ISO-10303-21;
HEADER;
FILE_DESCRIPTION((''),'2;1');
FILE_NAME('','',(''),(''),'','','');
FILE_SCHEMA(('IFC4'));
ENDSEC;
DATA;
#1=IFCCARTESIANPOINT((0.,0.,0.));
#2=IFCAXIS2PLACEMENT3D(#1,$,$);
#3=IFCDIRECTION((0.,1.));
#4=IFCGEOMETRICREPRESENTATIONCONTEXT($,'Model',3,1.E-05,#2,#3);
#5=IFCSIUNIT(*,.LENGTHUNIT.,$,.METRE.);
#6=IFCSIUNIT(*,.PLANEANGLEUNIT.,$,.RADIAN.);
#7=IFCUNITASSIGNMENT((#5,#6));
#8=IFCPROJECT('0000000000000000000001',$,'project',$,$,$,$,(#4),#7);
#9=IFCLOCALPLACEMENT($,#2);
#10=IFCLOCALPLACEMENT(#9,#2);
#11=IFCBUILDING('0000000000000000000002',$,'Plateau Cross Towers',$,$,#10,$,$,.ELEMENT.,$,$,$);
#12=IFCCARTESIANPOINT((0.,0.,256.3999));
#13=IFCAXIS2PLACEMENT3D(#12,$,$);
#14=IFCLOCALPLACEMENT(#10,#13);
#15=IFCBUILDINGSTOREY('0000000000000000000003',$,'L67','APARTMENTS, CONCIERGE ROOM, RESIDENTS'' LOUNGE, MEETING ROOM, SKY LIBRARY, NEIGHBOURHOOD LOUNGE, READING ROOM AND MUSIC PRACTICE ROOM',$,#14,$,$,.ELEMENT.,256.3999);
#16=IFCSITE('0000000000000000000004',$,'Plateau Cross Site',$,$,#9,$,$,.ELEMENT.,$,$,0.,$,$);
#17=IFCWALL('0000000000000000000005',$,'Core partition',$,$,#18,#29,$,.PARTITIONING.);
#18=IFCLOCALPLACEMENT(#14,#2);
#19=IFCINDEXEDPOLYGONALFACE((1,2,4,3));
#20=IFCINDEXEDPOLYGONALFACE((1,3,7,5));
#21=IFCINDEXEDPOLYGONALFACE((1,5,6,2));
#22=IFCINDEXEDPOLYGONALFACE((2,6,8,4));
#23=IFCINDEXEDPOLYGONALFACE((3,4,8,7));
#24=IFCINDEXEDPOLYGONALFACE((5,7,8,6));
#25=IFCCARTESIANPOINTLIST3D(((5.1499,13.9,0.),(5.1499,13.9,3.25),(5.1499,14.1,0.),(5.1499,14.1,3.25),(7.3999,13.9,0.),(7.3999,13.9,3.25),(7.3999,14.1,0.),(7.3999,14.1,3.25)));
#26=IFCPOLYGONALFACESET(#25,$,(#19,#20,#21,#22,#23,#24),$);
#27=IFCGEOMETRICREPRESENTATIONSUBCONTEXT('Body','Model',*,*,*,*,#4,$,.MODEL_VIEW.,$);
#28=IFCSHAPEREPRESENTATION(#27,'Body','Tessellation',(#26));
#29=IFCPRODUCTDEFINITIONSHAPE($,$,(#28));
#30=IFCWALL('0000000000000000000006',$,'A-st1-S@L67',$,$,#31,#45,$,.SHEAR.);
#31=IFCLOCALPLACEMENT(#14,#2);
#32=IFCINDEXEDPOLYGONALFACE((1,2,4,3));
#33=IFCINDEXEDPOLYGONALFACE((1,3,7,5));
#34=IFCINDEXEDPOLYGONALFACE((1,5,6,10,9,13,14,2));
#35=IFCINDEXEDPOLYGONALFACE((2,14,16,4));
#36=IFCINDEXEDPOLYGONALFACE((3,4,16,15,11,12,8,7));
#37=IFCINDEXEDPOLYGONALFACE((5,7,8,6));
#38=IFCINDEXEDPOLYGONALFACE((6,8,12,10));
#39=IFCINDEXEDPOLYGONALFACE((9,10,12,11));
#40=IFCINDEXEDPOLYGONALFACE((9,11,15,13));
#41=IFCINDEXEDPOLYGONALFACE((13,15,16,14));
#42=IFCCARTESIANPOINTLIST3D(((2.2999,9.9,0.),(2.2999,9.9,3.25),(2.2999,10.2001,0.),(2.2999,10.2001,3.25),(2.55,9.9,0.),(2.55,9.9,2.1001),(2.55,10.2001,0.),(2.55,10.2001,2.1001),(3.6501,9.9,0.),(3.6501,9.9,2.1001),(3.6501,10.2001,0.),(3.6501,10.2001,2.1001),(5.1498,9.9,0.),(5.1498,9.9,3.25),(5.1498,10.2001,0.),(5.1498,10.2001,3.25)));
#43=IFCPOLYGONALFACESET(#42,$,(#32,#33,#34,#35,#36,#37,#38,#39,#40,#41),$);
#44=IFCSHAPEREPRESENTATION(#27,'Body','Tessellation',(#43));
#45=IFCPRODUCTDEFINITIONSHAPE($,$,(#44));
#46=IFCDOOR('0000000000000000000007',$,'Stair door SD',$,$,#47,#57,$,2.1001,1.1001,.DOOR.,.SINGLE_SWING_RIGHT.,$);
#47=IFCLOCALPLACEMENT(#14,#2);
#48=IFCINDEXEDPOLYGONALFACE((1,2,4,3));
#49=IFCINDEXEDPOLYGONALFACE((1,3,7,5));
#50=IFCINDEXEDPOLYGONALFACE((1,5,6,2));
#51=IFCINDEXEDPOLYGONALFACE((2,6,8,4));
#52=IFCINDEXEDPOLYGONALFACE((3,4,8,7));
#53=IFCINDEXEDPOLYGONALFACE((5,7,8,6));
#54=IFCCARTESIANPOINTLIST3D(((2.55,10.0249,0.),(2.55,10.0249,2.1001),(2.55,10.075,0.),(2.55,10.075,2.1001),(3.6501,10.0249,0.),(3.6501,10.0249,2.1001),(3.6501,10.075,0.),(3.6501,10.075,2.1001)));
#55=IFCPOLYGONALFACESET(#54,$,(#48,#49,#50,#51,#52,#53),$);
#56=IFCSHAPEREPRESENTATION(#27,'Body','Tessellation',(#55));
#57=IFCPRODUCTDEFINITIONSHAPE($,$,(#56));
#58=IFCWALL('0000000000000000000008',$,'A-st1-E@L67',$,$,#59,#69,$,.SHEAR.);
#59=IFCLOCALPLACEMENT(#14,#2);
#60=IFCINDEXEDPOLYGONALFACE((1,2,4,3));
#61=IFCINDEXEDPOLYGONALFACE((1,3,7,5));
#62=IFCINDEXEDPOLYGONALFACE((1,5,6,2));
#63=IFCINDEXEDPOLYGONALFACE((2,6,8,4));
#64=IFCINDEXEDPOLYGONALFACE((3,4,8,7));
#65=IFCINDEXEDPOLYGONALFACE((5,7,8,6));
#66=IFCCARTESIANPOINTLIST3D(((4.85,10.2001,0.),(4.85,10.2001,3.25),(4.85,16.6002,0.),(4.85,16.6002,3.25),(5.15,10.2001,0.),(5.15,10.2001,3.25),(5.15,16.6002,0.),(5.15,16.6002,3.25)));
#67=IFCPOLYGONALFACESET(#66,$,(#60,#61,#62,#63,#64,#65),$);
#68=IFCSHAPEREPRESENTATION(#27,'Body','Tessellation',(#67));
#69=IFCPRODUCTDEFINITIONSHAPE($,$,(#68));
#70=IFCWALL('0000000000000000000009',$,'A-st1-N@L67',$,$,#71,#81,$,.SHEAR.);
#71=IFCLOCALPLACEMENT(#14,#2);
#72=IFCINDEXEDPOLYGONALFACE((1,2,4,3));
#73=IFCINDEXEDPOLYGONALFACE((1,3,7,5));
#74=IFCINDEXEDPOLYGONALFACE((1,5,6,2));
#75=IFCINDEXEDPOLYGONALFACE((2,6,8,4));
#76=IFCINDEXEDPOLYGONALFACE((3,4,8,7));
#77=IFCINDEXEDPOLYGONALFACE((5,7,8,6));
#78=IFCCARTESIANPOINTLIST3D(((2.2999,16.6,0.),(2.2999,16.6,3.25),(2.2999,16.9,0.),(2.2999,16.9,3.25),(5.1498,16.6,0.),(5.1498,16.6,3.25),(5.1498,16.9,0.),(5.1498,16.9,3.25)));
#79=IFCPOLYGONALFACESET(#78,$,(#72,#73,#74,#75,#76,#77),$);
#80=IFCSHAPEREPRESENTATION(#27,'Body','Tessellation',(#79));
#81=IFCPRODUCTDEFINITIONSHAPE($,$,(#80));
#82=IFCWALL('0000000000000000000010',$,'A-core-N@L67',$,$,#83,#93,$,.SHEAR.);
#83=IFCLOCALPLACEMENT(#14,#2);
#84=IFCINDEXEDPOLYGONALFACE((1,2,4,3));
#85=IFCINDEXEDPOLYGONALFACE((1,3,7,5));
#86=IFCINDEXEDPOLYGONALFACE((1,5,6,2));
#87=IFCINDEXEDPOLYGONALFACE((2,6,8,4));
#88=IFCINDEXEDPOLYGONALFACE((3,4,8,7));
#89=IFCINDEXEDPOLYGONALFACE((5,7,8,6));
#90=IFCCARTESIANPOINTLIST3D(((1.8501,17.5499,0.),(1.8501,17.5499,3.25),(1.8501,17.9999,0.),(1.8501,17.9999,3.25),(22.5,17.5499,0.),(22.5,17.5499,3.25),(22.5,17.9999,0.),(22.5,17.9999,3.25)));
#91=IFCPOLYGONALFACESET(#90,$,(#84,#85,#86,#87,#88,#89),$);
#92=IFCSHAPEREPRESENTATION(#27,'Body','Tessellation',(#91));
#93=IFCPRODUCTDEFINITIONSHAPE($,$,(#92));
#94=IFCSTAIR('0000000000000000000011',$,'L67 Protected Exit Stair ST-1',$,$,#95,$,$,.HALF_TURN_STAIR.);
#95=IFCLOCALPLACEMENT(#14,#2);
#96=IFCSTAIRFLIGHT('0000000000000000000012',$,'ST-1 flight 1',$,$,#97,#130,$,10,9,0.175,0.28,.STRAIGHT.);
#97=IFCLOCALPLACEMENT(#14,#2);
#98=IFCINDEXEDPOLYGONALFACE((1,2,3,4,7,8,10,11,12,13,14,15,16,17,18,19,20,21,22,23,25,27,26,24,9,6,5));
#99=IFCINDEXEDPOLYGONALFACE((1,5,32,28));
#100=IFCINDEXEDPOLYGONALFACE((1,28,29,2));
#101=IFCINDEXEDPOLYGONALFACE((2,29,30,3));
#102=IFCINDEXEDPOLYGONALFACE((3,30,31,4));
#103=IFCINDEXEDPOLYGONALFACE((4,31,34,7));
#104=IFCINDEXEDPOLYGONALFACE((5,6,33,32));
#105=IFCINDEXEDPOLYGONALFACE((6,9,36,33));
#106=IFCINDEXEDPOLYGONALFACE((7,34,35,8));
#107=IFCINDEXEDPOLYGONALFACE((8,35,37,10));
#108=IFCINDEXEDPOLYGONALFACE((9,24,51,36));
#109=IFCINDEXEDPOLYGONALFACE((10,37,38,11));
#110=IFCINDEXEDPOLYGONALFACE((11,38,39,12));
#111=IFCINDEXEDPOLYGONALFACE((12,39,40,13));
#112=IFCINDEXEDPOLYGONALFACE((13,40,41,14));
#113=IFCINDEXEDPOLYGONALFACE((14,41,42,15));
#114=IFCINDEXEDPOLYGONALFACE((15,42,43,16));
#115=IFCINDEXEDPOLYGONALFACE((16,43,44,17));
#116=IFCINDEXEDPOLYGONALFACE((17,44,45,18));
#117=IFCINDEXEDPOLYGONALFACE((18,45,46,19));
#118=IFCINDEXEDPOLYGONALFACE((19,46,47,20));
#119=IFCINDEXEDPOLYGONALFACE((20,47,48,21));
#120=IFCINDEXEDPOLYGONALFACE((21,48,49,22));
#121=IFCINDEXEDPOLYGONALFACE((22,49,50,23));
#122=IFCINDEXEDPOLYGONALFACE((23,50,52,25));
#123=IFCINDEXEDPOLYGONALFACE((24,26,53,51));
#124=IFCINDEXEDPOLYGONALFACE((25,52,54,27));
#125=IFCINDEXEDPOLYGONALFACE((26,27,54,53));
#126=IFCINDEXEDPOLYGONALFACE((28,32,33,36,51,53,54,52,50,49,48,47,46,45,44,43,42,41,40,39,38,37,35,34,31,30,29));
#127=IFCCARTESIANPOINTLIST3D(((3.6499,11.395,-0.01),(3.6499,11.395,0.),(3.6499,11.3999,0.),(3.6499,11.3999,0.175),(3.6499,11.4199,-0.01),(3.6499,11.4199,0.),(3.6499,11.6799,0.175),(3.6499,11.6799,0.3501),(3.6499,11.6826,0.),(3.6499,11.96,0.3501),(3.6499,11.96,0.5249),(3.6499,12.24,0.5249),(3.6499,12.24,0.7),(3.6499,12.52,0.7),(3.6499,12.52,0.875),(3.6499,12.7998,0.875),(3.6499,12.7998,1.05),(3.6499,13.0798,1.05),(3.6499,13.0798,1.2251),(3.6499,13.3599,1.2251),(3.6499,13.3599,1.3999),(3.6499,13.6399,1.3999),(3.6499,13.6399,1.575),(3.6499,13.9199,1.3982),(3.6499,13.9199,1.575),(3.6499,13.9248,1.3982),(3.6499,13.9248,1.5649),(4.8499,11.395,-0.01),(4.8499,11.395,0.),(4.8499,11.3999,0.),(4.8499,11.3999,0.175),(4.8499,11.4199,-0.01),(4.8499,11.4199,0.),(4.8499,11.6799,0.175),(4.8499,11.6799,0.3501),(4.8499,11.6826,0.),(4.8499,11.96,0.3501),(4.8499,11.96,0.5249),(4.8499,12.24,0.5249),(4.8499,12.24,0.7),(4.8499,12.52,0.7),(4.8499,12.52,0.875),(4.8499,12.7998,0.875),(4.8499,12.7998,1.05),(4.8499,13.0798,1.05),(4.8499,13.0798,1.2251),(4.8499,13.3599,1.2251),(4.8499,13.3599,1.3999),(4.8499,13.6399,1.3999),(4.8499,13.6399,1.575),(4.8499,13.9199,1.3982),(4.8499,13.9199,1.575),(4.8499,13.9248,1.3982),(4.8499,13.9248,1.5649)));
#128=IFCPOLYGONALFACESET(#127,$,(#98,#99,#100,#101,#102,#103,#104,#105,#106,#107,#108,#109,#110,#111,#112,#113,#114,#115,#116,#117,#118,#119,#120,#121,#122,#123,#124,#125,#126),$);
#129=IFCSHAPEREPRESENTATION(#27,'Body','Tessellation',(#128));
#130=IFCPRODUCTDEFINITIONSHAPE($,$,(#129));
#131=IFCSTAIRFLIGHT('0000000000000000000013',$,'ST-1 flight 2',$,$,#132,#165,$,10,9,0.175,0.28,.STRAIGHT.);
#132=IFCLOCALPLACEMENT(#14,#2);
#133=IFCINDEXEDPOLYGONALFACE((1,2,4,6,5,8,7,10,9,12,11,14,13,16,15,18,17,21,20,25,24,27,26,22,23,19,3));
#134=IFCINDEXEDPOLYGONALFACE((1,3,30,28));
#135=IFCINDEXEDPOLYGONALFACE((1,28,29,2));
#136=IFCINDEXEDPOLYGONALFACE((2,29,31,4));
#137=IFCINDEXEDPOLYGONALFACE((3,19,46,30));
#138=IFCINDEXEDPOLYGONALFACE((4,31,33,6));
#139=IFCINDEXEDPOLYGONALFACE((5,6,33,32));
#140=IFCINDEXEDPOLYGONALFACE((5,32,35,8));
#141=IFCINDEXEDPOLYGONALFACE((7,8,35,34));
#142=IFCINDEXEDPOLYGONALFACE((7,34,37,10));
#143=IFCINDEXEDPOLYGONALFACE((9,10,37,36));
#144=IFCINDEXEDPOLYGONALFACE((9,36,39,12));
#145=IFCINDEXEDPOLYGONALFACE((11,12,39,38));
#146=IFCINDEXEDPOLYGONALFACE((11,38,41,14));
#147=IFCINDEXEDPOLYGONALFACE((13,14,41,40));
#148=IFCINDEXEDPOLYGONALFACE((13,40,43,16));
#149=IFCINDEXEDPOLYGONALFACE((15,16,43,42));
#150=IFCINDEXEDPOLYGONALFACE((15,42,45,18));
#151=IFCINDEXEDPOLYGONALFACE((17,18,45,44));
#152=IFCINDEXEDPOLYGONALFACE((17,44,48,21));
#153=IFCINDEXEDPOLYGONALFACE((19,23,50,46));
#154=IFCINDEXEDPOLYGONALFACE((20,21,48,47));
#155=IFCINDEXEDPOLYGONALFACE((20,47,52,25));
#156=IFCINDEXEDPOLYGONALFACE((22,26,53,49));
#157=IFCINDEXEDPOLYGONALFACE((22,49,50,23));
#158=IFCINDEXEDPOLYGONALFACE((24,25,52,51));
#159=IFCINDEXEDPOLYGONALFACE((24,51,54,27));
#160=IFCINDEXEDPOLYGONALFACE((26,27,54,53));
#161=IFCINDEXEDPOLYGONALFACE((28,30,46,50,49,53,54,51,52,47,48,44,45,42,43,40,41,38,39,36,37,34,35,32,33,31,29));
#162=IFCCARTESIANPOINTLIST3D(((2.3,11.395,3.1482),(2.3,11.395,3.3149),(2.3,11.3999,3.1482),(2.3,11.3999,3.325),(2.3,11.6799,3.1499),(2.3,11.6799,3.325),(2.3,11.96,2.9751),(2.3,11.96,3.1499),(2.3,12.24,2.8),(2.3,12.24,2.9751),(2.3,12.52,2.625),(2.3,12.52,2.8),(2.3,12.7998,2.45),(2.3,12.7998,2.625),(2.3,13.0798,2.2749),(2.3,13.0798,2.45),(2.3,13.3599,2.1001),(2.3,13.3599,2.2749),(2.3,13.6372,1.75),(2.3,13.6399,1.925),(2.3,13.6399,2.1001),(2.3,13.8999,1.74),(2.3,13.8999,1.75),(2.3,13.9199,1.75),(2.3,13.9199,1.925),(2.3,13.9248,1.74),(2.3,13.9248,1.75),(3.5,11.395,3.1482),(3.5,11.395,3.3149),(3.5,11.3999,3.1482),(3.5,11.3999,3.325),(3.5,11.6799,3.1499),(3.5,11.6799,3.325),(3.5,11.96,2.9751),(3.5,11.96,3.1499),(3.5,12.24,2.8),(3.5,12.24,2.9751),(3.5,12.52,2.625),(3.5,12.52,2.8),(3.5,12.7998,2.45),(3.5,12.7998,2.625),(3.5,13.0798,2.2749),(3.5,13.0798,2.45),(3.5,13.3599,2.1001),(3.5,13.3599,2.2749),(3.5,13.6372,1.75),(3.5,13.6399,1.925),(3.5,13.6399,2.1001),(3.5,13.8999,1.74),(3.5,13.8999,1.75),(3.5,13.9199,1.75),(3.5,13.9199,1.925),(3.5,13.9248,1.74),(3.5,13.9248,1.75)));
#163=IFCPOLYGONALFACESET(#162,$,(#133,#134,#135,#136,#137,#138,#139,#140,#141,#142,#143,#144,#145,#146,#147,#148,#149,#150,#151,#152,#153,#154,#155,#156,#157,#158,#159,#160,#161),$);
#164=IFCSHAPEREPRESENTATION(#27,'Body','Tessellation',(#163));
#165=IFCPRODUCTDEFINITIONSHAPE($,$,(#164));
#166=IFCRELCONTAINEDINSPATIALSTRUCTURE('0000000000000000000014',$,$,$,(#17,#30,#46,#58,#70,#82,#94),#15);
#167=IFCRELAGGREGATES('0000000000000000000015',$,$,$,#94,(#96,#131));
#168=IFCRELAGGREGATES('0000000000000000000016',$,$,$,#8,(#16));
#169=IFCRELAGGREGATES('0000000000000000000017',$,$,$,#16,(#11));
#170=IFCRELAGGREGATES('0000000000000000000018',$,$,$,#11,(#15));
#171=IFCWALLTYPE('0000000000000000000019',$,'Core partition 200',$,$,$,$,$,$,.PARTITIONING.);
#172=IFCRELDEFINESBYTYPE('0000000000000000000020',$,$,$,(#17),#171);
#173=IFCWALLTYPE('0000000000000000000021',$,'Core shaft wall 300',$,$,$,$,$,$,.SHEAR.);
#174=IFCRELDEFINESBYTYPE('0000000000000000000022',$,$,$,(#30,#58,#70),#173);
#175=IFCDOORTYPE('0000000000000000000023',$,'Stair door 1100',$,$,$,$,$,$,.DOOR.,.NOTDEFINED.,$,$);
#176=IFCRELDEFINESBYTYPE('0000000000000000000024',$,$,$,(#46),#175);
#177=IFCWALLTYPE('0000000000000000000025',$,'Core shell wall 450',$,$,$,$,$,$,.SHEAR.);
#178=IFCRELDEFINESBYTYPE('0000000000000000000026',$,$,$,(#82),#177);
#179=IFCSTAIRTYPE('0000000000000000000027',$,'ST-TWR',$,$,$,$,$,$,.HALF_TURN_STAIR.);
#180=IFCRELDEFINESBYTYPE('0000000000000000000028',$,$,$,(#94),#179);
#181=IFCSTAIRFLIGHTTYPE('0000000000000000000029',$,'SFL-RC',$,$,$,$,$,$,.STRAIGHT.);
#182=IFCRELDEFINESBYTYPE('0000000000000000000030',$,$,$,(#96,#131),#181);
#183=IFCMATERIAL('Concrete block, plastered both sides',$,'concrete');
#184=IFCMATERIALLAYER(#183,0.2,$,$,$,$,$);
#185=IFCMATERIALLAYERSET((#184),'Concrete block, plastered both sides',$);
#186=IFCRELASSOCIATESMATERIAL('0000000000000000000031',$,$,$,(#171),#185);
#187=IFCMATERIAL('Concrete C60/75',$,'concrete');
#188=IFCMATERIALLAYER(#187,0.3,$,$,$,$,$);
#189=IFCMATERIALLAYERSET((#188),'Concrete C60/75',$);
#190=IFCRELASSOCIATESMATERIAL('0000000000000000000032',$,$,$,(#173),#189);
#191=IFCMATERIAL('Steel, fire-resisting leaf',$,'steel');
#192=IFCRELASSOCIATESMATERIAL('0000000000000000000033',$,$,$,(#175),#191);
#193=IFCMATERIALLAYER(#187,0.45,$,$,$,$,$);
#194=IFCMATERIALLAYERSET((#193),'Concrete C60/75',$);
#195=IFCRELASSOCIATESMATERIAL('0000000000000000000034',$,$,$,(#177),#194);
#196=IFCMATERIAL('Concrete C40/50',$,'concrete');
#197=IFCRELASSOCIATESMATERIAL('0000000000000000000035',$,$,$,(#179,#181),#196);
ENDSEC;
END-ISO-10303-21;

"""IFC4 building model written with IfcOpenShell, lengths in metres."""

from ifc_helpers import new_model, si_unit, direction, frame, frame_2d, origin, place, context, subcontext, project, spatial, polyline, rectangle, outline, extrude, material, layer, layer_set, type_object, element, fill, aggregate, save


model = new_model("IFC4")

# Units and contexts
model_context = context("Model", 3, precision=1e-05, world=origin(), true_north=direction((0.0, 1.0)))
body_context = subcontext(model_context, "Body", "Model", "MODEL_VIEW")
ifc_project = project(units=[si_unit("LENGTHUNIT", "METRE"), si_unit("PLANEANGLEUNIT", "RADIAN")], contexts=[model_context])

# Site, building, storey
site_placement = place(None, origin())
site = spatial("IfcSite", under=ifc_project, at=site_placement, Name="Plateau Cross Site", CompositionType="ELEMENT", RefElevation=0.0)
building_placement = place(site_placement, origin())
building = spatial("IfcBuilding", under=site, at=building_placement, Name="Plateau Cross Towers", CompositionType="ELEMENT")
storey_placement = place(building_placement, frame((0.0, 0.0, 256.3999)))
storey = spatial("IfcBuildingStorey", under=building, at=storey_placement, Name="L67", Description="APARTMENTS, CONCIERGE ROOM, RESIDENTS' LOUNGE, MEETING ROOM, SKY LIBRARY, NEIGHBOURHOOD LOUNGE, READING ROOM AND MUSIC PRACTICE ROOM", CompositionType="ELEMENT", Elevation=256.3999)

# Shared definitions
ifc_material_1 = material(Name="Concrete C60/75", Category="concrete")

# Wall
ifc_material_2 = material(Name="Concrete block, plastered both sides", Category="concrete")
ifc_layer_1 = layer(ifc_material_2, 0.2)
ifc_layer_set_1 = layer_set([ifc_layer_1], Name="Concrete block, plastered both sides")
wall_type_1 = type_object("IfcWallType", Name="Core partition 200", PredefinedType="PARTITIONING", material=ifc_layer_set_1)
wall_1_placement = place(storey_placement, frame((5.1499, 14.0, 0.0), z_axis=(0.0, 0.0, 1.0), x_axis=(1.0, 0.0, 0.0)))
element("IfcWall", 1, at=wall_1_placement, inside=storey, type_object=wall_type_1, Name="Core partition", PredefinedType="PARTITIONING", context=body_context, shape_type="SweptSolid", body=[
    extrude(rectangle(XDim=2.25, YDim=0.2, at=frame_2d((1.125, 0.0))), origin(), (0.0, 0.0, 1.0), 3.25),
])

# Wall, opening, door
ifc_layer_2 = layer(ifc_material_1, 0.3)
ifc_layer_set_2 = layer_set([ifc_layer_2], Name="Concrete C60/75")
wall_type_2 = type_object("IfcWallType", Name="Core shaft wall 300", PredefinedType="SHEAR", material=ifc_layer_set_2)
wall_2_placement = place(storey_placement, frame((2.3, 10.05, 0.0), z_axis=(0.0, 0.0, 1.0), x_axis=(1.0, 0.0, 0.0)))
wall_2 = element("IfcWall", 2, at=wall_2_placement, inside=storey, type_object=wall_type_2, Name="A-st1-S@L67", PredefinedType="SHEAR", context=body_context, shape_type="SweptSolid", body=[
    extrude(rectangle(XDim=2.8499, YDim=0.3, at=frame_2d((1.4248, 0.0))), origin(), (0.0, 0.0, 1.0), 3.25),
])
opening_placement = place(wall_2_placement, frame((0.25, 0.0, 0.0)))
opening = element("IfcOpeningElement", 3, at=opening_placement, cuts=wall_2, PredefinedType="OPENING", context=body_context, shape_type="SweptSolid", body=[
    extrude(rectangle(XDim=1.1001, YDim=2.1001, at=frame_2d((0.55, 1.05))), frame((0.0, 0.1599, 0.0), z_axis=(0.0, -1.0, 0.0), x_axis=(1.0, 0.0, 0.0)), (0.0, 0.0, 1.0), 0.3201),
])
ifc_material_3 = material(Name="Steel, fire-resisting leaf", Category="steel")
door_type = type_object("IfcDoorType", Name="Stair door 1100", OperationType="NOTDEFINED", PredefinedType="DOOR", material=ifc_material_3)
door_placement = place(opening_placement, origin())
door = element("IfcDoor", 4, at=door_placement, inside=storey, type_object=door_type, Name="Stair door SD", OperationType="SINGLE_SWING_RIGHT", OverallHeight=2.1001, OverallWidth=1.1001, PredefinedType="DOOR", context=body_context, shape_type="SweptSolid", body=[
    extrude(rectangle(XDim=1.1001, YDim=2.1001, at=frame_2d((0.55, 1.05))), frame((0.0, 0.0249, 0.0), z_axis=(0.0, -1.0, 0.0), x_axis=(1.0, 0.0, 0.0)), (0.0, 0.0, 1.0), 0.05),
])
fill(opening, door)

# Walls
wall_3_placement = place(storey_placement, frame((5.0, 10.2, 0.0), z_axis=(0.0, 0.0, 1.0), x_axis=(0.0, 1.0, 0.0)))
element("IfcWall", 5, at=wall_3_placement, inside=storey, type_object=wall_type_2, Name="A-st1-E@L67", PredefinedType="SHEAR", context=body_context, shape_type="SweptSolid", body=[
    extrude(rectangle(XDim=6.4001, YDim=0.3, at=frame_2d((3.2002, 0.0))), origin(), (0.0, 0.0, 1.0), 3.25),
])
wall_4_placement = place(storey_placement, frame((2.3, 16.75, 0.0), z_axis=(0.0, 0.0, 1.0), x_axis=(1.0, 0.0, 0.0)))
element("IfcWall", 6, at=wall_4_placement, inside=storey, type_object=wall_type_2, Name="A-st1-N@L67", PredefinedType="SHEAR", context=body_context, shape_type="SweptSolid", body=[
    extrude(rectangle(XDim=2.8499, YDim=0.3, at=frame_2d((1.4248, 0.0))), origin(), (0.0, 0.0, 1.0), 3.25),
])
ifc_layer_3 = layer(ifc_material_1, 0.45)
ifc_layer_set_3 = layer_set([ifc_layer_3], Name="Concrete C60/75")
wall_type_3 = type_object("IfcWallType", Name="Core shell wall 450", PredefinedType="SHEAR", material=ifc_layer_set_3)
wall_5_placement = place(storey_placement, frame((1.8501, 17.7749, 0.0), z_axis=(0.0, 0.0, 1.0), x_axis=(1.0, 0.0, 0.0)))
element("IfcWall", 7, at=wall_5_placement, inside=storey, type_object=wall_type_3, Name="A-core-N@L67", PredefinedType="SHEAR", context=body_context, shape_type="SweptSolid", body=[
    extrude(rectangle(XDim=20.6499, YDim=0.45, at=frame_2d((10.325, 0.0))), origin(), (0.0, 0.0, 1.0), 3.25),
])

# Stair, stair flights
ifc_material_4 = material(Name="Concrete C40/50", Category="concrete")
stair_type = type_object("IfcStairType", Name="ST-TWR", PredefinedType="HALF_TURN_STAIR", material=ifc_material_4)
stair_placement = place(storey_placement, origin())
stair = element("IfcStair", 8, at=stair_placement, inside=storey, type_object=stair_type, Name="L67 Protected Exit Stair ST-1", PredefinedType="HALF_TURN_STAIR")
stair_flight_type = type_object("IfcStairFlightType", Name="SFL-RC", PredefinedType="STRAIGHT", material=ifc_material_4)
stair_flight_1_placement = place(storey_placement, frame((4.25, 11.3999, 0.0), z_axis=(0.0, 0.0, 1.0), x_axis=(0.0, 1.0, 0.0)))
stair_flight_1 = element("IfcStairFlight", 9, at=stair_flight_1_placement, type_object=stair_flight_type, Name="ST-1 flight 1", NumberOfRisers=10, NumberOfTreads=9, PredefinedType="STRAIGHT", RiserHeight=0.175, TreadLength=0.28, context=body_context, shape_type="SweptSolid", body=[
    extrude(outline(polyline([(-0.0049, -0.01), (-0.0049, 0.0), (0.0, 0.0), (0.0, 0.175), (0.28, 0.175), (0.28, 0.3501), (0.5601, 0.3501), (0.5601, 0.5249), (0.8401, 0.5249), (0.8401, 0.7), (1.1201, 0.7), (1.1201, 0.875), (1.3999, 0.875), (1.3999, 1.05), (1.6799, 1.05), (1.6799, 1.2251), (1.96, 1.2251), (1.96, 1.3999), (2.24, 1.3999), (2.24, 1.575), (2.52, 1.575), (2.5249, 1.5649), (2.5249, 1.3982), (2.52, 1.3982), (0.2827, 0.0), (0.02, 0.0), (0.02, -0.01), (-0.0049, -0.01)])), frame((0.0, 0.6001, 0.0), z_axis=(0.0, -1.0, 0.0), x_axis=(1.0, 0.0, 0.0)), (0.0, 0.0, 1.0), 1.2),
])
stair_flight_2_placement = place(storey_placement, frame((2.8999, 13.9199, 1.75), z_axis=(0.0, 0.0, 1.0), x_axis=(0.0, -1.0, 0.0)))
stair_flight_2 = element("IfcStairFlight", 10, at=stair_flight_2_placement, type_object=stair_flight_type, Name="ST-1 flight 2", NumberOfRisers=10, NumberOfTreads=9, PredefinedType="STRAIGHT", RiserHeight=0.175, TreadLength=0.28, context=body_context, shape_type="SweptSolid", body=[
    extrude(outline(polyline([(-0.0049, -0.01), (-0.0049, 0.0), (0.0, 0.0), (0.0, 0.175), (0.28, 0.175), (0.28, 0.3501), (0.5601, 0.3501), (0.5601, 0.5249), (0.8401, 0.5249), (0.8401, 0.7), (1.1201, 0.7), (1.1201, 0.875), (1.3999, 0.875), (1.3999, 1.05), (1.6799, 1.05), (1.6799, 1.2251), (1.96, 1.2251), (1.96, 1.3999), (2.24, 1.3999), (2.24, 1.575), (2.52, 1.575), (2.5249, 1.5649), (2.5249, 1.3982), (2.52, 1.3982), (0.2827, 0.0), (0.02, 0.0), (0.02, -0.01), (-0.0049, -0.01)])), frame((0.0, 0.6001, 0.0), z_axis=(0.0, -1.0, 0.0), x_axis=(1.0, 0.0, 0.0)), (0.0, 0.0, 1.0), 1.2),
])
aggregate(stair, [stair_flight_1, stair_flight_2])

save(model, "model.ifc")
